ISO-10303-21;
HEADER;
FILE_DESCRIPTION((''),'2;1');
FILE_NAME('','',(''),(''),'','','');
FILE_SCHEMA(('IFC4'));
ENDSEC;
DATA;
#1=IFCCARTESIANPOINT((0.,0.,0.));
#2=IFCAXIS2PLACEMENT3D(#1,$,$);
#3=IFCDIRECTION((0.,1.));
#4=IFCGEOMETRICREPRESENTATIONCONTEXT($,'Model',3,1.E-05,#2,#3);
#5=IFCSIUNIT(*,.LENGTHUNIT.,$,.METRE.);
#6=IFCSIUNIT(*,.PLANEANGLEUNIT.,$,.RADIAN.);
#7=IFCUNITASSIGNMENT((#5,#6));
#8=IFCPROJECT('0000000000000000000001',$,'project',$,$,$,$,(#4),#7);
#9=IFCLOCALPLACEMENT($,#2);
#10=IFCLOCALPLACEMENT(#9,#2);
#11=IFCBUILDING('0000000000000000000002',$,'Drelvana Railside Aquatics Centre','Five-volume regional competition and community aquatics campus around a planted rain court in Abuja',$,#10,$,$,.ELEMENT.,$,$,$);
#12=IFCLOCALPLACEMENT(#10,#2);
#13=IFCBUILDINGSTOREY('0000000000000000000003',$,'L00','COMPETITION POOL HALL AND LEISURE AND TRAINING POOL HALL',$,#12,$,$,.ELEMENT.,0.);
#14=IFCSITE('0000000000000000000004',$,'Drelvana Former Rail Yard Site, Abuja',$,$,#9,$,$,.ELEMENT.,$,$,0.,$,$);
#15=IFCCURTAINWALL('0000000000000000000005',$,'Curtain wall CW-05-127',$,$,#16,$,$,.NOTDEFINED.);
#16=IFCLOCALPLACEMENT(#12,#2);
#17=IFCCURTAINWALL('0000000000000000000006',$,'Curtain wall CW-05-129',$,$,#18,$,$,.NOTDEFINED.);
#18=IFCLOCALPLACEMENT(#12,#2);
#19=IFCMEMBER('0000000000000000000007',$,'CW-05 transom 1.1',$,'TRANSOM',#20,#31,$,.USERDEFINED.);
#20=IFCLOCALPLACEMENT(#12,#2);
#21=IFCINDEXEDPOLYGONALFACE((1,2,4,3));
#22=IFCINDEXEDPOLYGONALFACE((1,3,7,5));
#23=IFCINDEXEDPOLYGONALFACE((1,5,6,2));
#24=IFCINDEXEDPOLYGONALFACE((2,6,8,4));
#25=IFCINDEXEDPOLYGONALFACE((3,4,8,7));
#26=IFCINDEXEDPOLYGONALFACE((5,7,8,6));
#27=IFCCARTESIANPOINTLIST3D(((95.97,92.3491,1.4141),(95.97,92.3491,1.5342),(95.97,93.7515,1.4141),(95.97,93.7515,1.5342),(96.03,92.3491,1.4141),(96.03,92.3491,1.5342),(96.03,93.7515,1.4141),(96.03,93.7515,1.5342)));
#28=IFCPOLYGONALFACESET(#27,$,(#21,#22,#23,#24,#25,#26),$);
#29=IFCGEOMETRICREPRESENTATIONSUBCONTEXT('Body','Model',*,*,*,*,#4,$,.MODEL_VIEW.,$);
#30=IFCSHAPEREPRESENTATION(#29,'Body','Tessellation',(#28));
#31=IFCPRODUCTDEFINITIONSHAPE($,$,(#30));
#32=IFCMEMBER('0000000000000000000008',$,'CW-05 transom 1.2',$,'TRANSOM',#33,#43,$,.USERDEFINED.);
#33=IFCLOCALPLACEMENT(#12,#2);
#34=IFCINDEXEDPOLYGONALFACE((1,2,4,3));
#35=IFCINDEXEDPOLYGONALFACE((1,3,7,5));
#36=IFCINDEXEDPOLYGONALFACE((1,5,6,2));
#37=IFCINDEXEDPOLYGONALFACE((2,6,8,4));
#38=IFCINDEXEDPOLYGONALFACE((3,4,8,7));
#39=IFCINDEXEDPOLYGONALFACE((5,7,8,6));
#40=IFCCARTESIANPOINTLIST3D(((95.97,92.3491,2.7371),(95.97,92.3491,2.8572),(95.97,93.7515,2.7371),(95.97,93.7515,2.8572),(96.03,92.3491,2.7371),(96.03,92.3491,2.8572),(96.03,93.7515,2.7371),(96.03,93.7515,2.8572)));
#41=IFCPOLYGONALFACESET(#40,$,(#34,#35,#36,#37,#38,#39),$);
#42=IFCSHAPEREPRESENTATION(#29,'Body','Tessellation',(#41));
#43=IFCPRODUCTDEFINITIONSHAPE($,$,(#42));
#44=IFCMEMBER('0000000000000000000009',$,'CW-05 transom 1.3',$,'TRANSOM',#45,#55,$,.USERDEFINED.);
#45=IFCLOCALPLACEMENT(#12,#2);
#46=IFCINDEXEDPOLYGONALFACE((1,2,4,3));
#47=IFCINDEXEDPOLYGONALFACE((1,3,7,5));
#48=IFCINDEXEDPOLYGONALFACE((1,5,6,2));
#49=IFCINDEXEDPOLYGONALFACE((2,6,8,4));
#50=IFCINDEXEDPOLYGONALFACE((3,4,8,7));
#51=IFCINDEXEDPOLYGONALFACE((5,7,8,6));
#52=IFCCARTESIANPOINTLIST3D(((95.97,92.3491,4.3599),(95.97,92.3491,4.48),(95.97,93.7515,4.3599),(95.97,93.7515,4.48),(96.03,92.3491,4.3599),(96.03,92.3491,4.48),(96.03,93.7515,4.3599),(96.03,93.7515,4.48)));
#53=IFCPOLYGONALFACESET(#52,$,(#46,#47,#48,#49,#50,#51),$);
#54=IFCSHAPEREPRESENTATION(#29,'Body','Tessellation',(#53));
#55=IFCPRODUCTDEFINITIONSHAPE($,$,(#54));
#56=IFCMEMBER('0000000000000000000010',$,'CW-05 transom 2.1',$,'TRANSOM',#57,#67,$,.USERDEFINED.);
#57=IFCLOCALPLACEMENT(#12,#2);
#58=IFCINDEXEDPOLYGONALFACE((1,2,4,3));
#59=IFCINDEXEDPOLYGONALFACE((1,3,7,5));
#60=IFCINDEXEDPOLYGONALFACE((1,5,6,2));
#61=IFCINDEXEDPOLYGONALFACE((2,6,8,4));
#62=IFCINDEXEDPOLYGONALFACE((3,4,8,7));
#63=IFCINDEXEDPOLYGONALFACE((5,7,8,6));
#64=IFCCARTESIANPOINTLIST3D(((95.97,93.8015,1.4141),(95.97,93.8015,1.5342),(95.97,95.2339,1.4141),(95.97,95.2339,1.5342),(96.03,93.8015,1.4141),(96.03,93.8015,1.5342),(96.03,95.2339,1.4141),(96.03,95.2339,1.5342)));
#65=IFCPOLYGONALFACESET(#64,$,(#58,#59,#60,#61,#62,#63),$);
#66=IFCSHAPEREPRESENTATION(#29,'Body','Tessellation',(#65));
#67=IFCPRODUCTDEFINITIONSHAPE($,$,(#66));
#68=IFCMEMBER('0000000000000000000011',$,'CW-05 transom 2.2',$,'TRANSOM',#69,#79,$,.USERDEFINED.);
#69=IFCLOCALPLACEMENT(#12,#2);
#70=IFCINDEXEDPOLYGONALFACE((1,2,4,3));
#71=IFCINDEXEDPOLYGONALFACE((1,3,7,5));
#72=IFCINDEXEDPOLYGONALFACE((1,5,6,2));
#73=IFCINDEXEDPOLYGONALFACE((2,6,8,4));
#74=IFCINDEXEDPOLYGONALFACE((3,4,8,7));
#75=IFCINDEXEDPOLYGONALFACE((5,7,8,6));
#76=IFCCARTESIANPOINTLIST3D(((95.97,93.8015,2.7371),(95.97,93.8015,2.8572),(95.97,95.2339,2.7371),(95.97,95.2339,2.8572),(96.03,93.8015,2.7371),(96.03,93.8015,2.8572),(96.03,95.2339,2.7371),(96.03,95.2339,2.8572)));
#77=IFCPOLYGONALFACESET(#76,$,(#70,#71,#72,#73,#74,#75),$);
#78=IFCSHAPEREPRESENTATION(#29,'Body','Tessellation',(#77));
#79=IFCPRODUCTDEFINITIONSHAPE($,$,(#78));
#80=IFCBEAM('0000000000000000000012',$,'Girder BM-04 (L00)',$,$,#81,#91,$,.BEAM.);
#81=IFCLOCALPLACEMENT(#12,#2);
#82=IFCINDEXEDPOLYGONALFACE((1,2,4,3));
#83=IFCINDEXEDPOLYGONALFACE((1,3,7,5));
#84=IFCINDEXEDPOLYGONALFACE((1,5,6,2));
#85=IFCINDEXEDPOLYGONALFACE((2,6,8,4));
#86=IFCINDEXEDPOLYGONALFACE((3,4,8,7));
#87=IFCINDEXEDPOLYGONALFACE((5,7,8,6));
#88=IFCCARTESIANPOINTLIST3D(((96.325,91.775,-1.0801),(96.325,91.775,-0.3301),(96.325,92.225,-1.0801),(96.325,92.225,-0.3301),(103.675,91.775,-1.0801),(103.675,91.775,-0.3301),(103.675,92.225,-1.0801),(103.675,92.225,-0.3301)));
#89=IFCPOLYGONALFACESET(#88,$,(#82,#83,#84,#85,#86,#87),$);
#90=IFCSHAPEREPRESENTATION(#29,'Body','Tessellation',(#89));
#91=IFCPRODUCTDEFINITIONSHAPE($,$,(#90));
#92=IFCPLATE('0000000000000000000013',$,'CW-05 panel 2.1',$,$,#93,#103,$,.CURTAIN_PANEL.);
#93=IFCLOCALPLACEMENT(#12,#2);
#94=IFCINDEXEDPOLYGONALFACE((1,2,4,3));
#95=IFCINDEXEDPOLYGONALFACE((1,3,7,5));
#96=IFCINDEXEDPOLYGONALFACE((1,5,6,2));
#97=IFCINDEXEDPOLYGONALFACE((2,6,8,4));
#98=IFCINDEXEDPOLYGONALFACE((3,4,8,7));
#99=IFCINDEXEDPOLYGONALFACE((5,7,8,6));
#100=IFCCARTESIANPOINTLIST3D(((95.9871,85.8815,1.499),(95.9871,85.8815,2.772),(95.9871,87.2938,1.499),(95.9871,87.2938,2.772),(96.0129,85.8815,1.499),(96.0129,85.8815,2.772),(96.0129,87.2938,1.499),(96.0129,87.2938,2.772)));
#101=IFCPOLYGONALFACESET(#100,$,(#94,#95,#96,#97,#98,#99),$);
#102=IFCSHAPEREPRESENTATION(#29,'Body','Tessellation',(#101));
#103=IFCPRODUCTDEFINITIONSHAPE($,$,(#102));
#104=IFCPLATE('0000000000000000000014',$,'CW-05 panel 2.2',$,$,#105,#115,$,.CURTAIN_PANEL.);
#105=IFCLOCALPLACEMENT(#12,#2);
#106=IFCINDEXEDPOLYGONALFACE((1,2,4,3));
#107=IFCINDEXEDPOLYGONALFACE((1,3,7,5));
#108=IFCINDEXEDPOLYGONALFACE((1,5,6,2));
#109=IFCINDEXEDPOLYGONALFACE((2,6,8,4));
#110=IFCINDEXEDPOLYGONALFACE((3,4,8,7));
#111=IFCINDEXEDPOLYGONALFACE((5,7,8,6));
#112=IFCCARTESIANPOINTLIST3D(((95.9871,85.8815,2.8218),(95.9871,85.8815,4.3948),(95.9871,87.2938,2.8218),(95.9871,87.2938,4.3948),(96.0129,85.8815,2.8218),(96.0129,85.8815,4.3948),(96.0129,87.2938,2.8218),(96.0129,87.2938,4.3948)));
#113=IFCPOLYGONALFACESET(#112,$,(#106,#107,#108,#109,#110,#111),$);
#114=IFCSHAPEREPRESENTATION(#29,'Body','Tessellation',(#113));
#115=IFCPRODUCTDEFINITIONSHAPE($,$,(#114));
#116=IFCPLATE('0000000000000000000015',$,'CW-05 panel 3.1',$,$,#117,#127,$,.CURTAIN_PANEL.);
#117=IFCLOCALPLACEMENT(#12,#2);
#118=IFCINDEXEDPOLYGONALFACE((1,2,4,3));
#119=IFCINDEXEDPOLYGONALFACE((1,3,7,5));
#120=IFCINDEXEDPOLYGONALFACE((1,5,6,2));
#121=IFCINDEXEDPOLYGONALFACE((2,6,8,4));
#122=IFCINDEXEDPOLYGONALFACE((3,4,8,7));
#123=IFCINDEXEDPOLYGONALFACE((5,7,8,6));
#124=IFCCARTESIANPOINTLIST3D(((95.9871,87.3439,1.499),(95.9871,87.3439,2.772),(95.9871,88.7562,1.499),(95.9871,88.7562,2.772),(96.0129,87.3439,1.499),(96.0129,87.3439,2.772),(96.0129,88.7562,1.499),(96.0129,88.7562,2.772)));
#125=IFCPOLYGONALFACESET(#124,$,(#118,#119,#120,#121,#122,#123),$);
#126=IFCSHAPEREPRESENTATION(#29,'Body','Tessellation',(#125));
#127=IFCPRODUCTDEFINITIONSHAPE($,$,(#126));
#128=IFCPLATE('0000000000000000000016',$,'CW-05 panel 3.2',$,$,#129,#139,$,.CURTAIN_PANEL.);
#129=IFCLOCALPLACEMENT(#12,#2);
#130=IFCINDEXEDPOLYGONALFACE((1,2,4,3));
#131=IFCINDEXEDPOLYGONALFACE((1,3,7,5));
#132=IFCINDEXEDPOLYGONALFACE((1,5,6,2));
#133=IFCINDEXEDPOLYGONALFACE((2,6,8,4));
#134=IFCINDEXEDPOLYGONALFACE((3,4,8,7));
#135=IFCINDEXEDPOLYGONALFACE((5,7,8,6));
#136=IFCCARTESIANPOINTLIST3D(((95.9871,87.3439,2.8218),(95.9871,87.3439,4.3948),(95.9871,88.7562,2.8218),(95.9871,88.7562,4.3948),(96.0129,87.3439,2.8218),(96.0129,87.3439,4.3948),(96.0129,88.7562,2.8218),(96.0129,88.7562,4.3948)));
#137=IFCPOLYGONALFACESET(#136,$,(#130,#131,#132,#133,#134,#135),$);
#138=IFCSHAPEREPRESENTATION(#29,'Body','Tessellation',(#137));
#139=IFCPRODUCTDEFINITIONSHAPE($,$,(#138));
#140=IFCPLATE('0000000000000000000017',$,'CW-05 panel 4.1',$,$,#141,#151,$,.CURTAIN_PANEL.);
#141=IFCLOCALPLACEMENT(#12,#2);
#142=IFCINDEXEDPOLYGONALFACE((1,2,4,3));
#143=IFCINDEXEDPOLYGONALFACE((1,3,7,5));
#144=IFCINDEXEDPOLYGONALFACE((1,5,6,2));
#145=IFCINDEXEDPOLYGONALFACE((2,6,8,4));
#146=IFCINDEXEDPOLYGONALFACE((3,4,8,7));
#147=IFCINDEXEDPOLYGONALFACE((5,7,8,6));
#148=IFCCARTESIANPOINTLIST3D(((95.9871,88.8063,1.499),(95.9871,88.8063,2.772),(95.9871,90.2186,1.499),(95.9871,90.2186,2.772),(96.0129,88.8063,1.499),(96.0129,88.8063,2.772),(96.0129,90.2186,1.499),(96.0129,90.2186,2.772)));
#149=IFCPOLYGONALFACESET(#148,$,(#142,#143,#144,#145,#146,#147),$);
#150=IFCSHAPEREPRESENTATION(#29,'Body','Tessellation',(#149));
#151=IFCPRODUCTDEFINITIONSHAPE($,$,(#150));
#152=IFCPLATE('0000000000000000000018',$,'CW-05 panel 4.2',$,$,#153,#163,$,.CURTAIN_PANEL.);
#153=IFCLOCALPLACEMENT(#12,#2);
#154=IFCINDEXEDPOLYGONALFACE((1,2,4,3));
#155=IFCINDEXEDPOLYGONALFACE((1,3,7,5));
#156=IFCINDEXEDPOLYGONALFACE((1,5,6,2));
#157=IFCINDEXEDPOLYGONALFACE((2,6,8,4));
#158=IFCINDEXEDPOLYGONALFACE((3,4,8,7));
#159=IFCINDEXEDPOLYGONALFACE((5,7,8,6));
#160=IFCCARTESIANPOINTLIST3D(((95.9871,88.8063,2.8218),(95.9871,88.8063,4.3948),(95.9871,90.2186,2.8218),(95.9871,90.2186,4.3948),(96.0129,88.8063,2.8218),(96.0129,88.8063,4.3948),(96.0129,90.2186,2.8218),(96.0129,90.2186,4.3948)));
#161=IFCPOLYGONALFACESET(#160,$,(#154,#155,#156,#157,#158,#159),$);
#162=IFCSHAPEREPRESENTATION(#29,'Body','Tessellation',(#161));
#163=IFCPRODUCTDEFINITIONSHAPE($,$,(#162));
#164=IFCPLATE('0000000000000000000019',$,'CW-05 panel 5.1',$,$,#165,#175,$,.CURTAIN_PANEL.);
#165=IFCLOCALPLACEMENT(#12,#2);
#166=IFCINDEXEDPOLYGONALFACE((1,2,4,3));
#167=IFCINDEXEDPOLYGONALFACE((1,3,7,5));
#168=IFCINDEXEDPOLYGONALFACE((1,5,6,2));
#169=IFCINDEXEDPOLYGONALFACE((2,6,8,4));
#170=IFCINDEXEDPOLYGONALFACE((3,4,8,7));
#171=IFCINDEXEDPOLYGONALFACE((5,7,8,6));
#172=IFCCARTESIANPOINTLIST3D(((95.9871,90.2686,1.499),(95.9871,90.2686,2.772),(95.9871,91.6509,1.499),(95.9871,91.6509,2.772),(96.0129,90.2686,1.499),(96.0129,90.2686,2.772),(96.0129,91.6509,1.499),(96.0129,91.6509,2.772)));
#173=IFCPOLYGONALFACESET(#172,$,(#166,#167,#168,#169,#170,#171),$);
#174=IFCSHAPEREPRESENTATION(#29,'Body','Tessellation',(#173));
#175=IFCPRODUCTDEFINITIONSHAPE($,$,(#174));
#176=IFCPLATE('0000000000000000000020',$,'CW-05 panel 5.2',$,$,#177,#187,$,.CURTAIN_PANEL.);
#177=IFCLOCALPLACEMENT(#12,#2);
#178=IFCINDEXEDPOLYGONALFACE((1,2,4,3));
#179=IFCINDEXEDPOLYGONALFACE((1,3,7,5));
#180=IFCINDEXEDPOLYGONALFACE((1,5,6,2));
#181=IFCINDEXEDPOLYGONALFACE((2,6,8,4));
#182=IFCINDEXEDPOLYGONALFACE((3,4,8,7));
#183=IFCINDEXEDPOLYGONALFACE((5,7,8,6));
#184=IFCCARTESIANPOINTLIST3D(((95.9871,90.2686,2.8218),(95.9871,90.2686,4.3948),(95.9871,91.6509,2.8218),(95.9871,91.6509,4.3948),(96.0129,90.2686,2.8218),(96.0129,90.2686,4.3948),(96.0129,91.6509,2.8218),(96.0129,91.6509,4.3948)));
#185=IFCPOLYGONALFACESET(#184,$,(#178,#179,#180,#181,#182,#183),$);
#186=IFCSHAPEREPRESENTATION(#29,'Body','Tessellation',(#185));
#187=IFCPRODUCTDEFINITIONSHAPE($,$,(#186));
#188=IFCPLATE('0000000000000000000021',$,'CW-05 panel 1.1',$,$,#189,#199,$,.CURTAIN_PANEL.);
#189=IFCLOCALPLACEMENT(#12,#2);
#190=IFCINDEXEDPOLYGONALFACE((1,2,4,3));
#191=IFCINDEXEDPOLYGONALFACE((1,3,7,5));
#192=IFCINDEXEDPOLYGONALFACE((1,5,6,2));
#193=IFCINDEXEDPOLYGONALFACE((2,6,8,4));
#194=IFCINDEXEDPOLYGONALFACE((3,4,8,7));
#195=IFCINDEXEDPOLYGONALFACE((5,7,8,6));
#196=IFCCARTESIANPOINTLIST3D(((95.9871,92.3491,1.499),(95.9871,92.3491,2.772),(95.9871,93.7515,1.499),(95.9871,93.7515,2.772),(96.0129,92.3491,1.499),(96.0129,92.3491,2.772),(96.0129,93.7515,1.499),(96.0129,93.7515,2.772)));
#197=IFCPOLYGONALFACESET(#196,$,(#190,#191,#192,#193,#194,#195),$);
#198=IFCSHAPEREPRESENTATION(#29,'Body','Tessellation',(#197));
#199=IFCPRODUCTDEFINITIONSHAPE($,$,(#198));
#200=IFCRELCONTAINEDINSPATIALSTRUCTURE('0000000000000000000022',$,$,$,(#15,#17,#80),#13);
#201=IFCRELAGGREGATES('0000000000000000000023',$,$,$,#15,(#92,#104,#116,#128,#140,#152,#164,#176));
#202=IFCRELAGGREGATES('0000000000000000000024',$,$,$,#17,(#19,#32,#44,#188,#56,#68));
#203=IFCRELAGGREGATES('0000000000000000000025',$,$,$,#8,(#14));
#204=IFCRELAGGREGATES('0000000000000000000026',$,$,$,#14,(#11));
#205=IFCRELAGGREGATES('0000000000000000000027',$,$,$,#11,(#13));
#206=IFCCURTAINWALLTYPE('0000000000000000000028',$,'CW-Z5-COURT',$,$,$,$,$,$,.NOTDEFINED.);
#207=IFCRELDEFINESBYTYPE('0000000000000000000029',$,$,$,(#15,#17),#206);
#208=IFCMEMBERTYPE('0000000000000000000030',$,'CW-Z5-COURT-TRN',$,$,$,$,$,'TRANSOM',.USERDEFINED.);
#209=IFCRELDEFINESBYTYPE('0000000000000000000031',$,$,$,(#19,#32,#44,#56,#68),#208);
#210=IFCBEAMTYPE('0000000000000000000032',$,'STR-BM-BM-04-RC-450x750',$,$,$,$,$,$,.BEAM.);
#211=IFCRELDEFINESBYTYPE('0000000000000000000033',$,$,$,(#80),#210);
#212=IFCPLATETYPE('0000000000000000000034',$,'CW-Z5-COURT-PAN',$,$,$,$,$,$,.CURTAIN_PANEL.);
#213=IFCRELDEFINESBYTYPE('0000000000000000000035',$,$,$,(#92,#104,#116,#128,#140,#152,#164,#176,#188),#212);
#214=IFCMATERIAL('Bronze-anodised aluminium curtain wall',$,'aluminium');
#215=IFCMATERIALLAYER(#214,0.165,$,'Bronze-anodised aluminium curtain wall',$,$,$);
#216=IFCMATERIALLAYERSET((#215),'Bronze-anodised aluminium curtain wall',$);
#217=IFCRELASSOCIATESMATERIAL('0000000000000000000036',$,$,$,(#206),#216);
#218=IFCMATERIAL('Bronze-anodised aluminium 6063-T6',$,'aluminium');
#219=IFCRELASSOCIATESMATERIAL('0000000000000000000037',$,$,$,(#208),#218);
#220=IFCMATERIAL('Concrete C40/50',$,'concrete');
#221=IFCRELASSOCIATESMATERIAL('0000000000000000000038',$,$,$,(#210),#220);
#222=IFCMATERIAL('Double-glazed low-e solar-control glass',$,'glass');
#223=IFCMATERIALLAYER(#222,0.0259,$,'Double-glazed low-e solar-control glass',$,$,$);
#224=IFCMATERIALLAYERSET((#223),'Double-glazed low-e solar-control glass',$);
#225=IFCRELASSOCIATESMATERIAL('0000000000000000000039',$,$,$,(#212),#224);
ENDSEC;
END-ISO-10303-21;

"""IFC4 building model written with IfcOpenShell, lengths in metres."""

from ifc_helpers import new_model, si_unit, direction, frame, origin, origin_2d, place, context, subcontext, project, spatial, rectangle, extrude, material, layer, layer_set, material_profile, profile_set, type_object, element, aggregate, save


model = new_model("IFC4")

# Units and contexts
model_context = context("Model", 3, precision=1e-05, world=origin(), true_north=direction((0.0, 1.0)))
body_context = subcontext(model_context, "Body", "Model", "MODEL_VIEW")
ifc_project = project(units=[si_unit("LENGTHUNIT", "METRE"), si_unit("PLANEANGLEUNIT", "RADIAN")], contexts=[model_context])

# Site, building, storey
site_placement = place(None, origin())
site = spatial("IfcSite", under=ifc_project, at=site_placement, Name="Drelvana Former Rail Yard Site, Abuja", CompositionType="ELEMENT", RefElevation=0.0)
building_placement = place(site_placement, origin())
building = spatial("IfcBuilding", under=site, at=building_placement, Name="Drelvana Railside Aquatics Centre", Description="Five-volume regional competition and community aquatics campus around a planted rain court in Abuja", CompositionType="ELEMENT")
storey_placement = place(building_placement, origin())
storey = spatial("IfcBuildingStorey", under=building, at=storey_placement, Name="L00", Description="COMPETITION POOL HALL AND LEISURE AND TRAINING POOL HALL", CompositionType="ELEMENT", Elevation=0.0)

# Curtain walls
ifc_material_1 = material(Name="Bronze-anodised aluminium curtain wall", Category="aluminium")
ifc_layer_1 = layer(ifc_material_1, 0.165, Name="Bronze-anodised aluminium curtain wall")
ifc_layer_set_1 = layer_set([ifc_layer_1], Name="Bronze-anodised aluminium curtain wall")
curtain_wall_type = type_object("IfcCurtainWallType", Name="CW-Z5-COURT", PredefinedType="NOTDEFINED", material=ifc_layer_set_1)
curtain_wall_1_placement = place(storey_placement, origin())
curtain_wall_1 = element("IfcCurtainWall", 1, at=curtain_wall_1_placement, inside=storey, type_object=curtain_wall_type, Name="Curtain wall CW-05-127", PredefinedType="NOTDEFINED")
ifc_material_2 = material(Name="Bronze-anodised aluminium 6063-T6", Category="aluminium")
curtain_wall_2_placement = place(storey_placement, origin())
curtain_wall_2 = element("IfcCurtainWall", 2, at=curtain_wall_2_placement, inside=storey, type_object=curtain_wall_type, Name="Curtain wall CW-05-129", PredefinedType="NOTDEFINED")

# Members
ifc_material_profile_1 = material_profile(ifc_material_2, rectangle(XDim=0.1201, YDim=0.0601, at=origin_2d()), Name="ALU-T 60x120")
ifc_profile_set_1 = profile_set([ifc_material_profile_1], Name="Bronze-anodised aluminium 6063-T6")
member_type_1 = type_object("IfcMemberType", Name="CW-Z5-COURT-TRN", ElementType="TRANSOM", PredefinedType="USERDEFINED", material=ifc_profile_set_1)
member_1_placement = place(storey_placement, frame((96.0, 92.3491, 1.4741), z_axis=(0.0, 1.0, 0.0), x_axis=(0.0, 0.0, 1.0)))
member_1 = element("IfcMember", 3, at=member_1_placement, type_object=member_type_1, Name="CW-05 transom 1.1", ObjectType="TRANSOM", PredefinedType="USERDEFINED", context=body_context, shape_type="SweptSolid", body=[
    extrude(rectangle(XDim=0.1201, YDim=0.0601, at=origin_2d()), origin(), (0.0, 0.0, 1.0), 1.4023),
])
member_2_placement = place(storey_placement, frame((96.0, 92.3491, 2.7971), z_axis=(0.0, 1.0, 0.0), x_axis=(0.0, 0.0, 1.0)))
member_2 = element("IfcMember", 4, at=member_2_placement, type_object=member_type_1, Name="CW-05 transom 1.2", ObjectType="TRANSOM", PredefinedType="USERDEFINED", context=body_context, shape_type="SweptSolid", body=[
    extrude(rectangle(XDim=0.1201, YDim=0.0601, at=origin_2d()), origin(), (0.0, 0.0, 1.0), 1.4023),
])
member_3_placement = place(storey_placement, frame((96.0, 92.3491, 4.4199), z_axis=(0.0, 1.0, 0.0), x_axis=(0.0, 0.0, 1.0)))
member_3 = element("IfcMember", 5, at=member_3_placement, type_object=member_type_1, Name="CW-05 transom 1.3", ObjectType="TRANSOM", PredefinedType="USERDEFINED", context=body_context, shape_type="SweptSolid", body=[
    extrude(rectangle(XDim=0.1201, YDim=0.0601, at=origin_2d()), origin(), (0.0, 0.0, 1.0), 1.4023),
])
member_4_placement = place(storey_placement, frame((96.0, 93.8015, 1.4741), z_axis=(0.0, 1.0, 0.0), x_axis=(0.0, 0.0, 1.0)))
member_4 = element("IfcMember", 6, at=member_4_placement, type_object=member_type_1, Name="CW-05 transom 2.1", ObjectType="TRANSOM", PredefinedType="USERDEFINED", context=body_context, shape_type="SweptSolid", body=[
    extrude(rectangle(XDim=0.1201, YDim=0.0601, at=origin_2d()), origin(), (0.0, 0.0, 1.0), 1.4324),
])
member_5_placement = place(storey_placement, frame((96.0, 93.8015, 2.7971), z_axis=(0.0, 1.0, 0.0), x_axis=(0.0, 0.0, 1.0)))
member_5 = element("IfcMember", 7, at=member_5_placement, type_object=member_type_1, Name="CW-05 transom 2.2", ObjectType="TRANSOM", PredefinedType="USERDEFINED", context=body_context, shape_type="SweptSolid", body=[
    extrude(rectangle(XDim=0.1201, YDim=0.0601, at=origin_2d()), origin(), (0.0, 0.0, 1.0), 1.4324),
])

# Beam
ifc_material_3 = material(Name="Concrete C40/50", Category="concrete")
ifc_material_profile_2 = material_profile(ifc_material_3, rectangle(XDim=0.45, YDim=0.75, at=origin_2d()), Name="RC 450x750")
ifc_profile_set_2 = profile_set([ifc_material_profile_2], Name="Concrete C40/50")
beam_type = type_object("IfcBeamType", Name="STR-BM-BM-04-RC-450x750", PredefinedType="BEAM", material=ifc_profile_set_2)
beam_placement = place(storey_placement, frame((96.325, 92.0, -0.7051), z_axis=(1.0, 0.0, 0.0), x_axis=(0.0, 1.0, 0.0)))
element("IfcBeam", 8, at=beam_placement, inside=storey, type_object=beam_type, Name="Girder BM-04 (L00)", PredefinedType="BEAM", context=body_context, shape_type="SweptSolid", body=[
    extrude(rectangle(XDim=0.45, YDim=0.75, at=origin_2d()), origin(), (0.0, 0.0, 1.0), 7.3501),
])

# Plates
ifc_material_4 = material(Name="Double-glazed low-e solar-control glass", Category="glass")
ifc_layer_2 = layer(ifc_material_4, 0.0259, Name="Double-glazed low-e solar-control glass")
ifc_layer_set_2 = layer_set([ifc_layer_2], Name="Double-glazed low-e solar-control glass")
plate_type = type_object("IfcPlateType", Name="CW-Z5-COURT-PAN", PredefinedType="CURTAIN_PANEL", material=ifc_layer_set_2)
plate_1_placement = place(storey_placement, frame((96.0, 86.5876, 1.499), z_axis=(0.0, 0.0, 1.0), x_axis=(0.0, 1.0, 0.0)))
plate_1 = element("IfcPlate", 9, at=plate_1_placement, type_object=plate_type, Name="CW-05 panel 2.1", PredefinedType="CURTAIN_PANEL", context=body_context, shape_type="SweptSolid", body=[
    extrude(rectangle(XDim=1.4124, YDim=0.0259, at=origin_2d()), origin(), (0.0, 0.0, 1.0), 1.2729),
])
plate_2_placement = place(storey_placement, frame((96.0, 86.5876, 2.8218), z_axis=(0.0, 0.0, 1.0), x_axis=(0.0, 1.0, 0.0)))
plate_2 = element("IfcPlate", 10, at=plate_2_placement, type_object=plate_type, Name="CW-05 panel 2.2", PredefinedType="CURTAIN_PANEL", context=body_context, shape_type="SweptSolid", body=[
    extrude(rectangle(XDim=1.4124, YDim=0.0259, at=origin_2d()), origin(), (0.0, 0.0, 1.0), 1.573),
])
plate_3_placement = place(storey_placement, frame((96.0, 88.05, 1.499), z_axis=(0.0, 0.0, 1.0), x_axis=(0.0, 1.0, 0.0)))
plate_3 = element("IfcPlate", 11, at=plate_3_placement, type_object=plate_type, Name="CW-05 panel 3.1", PredefinedType="CURTAIN_PANEL", context=body_context, shape_type="SweptSolid", body=[
    extrude(rectangle(XDim=1.4124, YDim=0.0259, at=origin_2d()), origin(), (0.0, 0.0, 1.0), 1.2729),
])
plate_4_placement = place(storey_placement, frame((96.0, 88.05, 2.8218), z_axis=(0.0, 0.0, 1.0), x_axis=(0.0, 1.0, 0.0)))
plate_4 = element("IfcPlate", 12, at=plate_4_placement, type_object=plate_type, Name="CW-05 panel 3.2", PredefinedType="CURTAIN_PANEL", context=body_context, shape_type="SweptSolid", body=[
    extrude(rectangle(XDim=1.4124, YDim=0.0259, at=origin_2d()), origin(), (0.0, 0.0, 1.0), 1.573),
])
plate_5_placement = place(storey_placement, frame((96.0, 89.5125, 1.499), z_axis=(0.0, 0.0, 1.0), x_axis=(0.0, 1.0, 0.0)))
plate_5 = element("IfcPlate", 13, at=plate_5_placement, type_object=plate_type, Name="CW-05 panel 4.1", PredefinedType="CURTAIN_PANEL", context=body_context, shape_type="SweptSolid", body=[
    extrude(rectangle(XDim=1.4124, YDim=0.0259, at=origin_2d()), origin(), (0.0, 0.0, 1.0), 1.2729),
])
plate_6_placement = place(storey_placement, frame((96.0, 89.5125, 2.8218), z_axis=(0.0, 0.0, 1.0), x_axis=(0.0, 1.0, 0.0)))
plate_6 = element("IfcPlate", 14, at=plate_6_placement, type_object=plate_type, Name="CW-05 panel 4.2", PredefinedType="CURTAIN_PANEL", context=body_context, shape_type="SweptSolid", body=[
    extrude(rectangle(XDim=1.4124, YDim=0.0259, at=origin_2d()), origin(), (0.0, 0.0, 1.0), 1.573),
])
plate_7_placement = place(storey_placement, frame((96.0, 90.9597, 1.499), z_axis=(0.0, 0.0, 1.0), x_axis=(0.0, 1.0, 0.0)))
plate_7 = element("IfcPlate", 15, at=plate_7_placement, type_object=plate_type, Name="CW-05 panel 5.1", PredefinedType="CURTAIN_PANEL", context=body_context, shape_type="SweptSolid", body=[
    extrude(rectangle(XDim=1.3823, YDim=0.0259, at=origin_2d()), origin(), (0.0, 0.0, 1.0), 1.2729),
])
plate_8_placement = place(storey_placement, frame((96.0, 90.9597, 2.8218), z_axis=(0.0, 0.0, 1.0), x_axis=(0.0, 1.0, 0.0)))
plate_8 = element("IfcPlate", 16, at=plate_8_placement, type_object=plate_type, Name="CW-05 panel 5.2", PredefinedType="CURTAIN_PANEL", context=body_context, shape_type="SweptSolid", body=[
    extrude(rectangle(XDim=1.3823, YDim=0.0259, at=origin_2d()), origin(), (0.0, 0.0, 1.0), 1.573),
])
aggregate(curtain_wall_1, [plate_1, plate_2, plate_3, plate_4, plate_5, plate_6, plate_7, plate_8])
plate_9_placement = place(storey_placement, frame((96.0, 93.0503, 1.499), z_axis=(0.0, 0.0, 1.0), x_axis=(0.0, 1.0, 0.0)))
plate_9 = element("IfcPlate", 17, at=plate_9_placement, type_object=plate_type, Name="CW-05 panel 1.1", PredefinedType="CURTAIN_PANEL", context=body_context, shape_type="SweptSolid", body=[
    extrude(rectangle(XDim=1.4023, YDim=0.0259, at=origin_2d()), origin(), (0.0, 0.0, 1.0), 1.2729),
])
aggregate(curtain_wall_2, [member_1, member_2, member_3, plate_9, member_4, member_5])

save(model, "model.ifc")
